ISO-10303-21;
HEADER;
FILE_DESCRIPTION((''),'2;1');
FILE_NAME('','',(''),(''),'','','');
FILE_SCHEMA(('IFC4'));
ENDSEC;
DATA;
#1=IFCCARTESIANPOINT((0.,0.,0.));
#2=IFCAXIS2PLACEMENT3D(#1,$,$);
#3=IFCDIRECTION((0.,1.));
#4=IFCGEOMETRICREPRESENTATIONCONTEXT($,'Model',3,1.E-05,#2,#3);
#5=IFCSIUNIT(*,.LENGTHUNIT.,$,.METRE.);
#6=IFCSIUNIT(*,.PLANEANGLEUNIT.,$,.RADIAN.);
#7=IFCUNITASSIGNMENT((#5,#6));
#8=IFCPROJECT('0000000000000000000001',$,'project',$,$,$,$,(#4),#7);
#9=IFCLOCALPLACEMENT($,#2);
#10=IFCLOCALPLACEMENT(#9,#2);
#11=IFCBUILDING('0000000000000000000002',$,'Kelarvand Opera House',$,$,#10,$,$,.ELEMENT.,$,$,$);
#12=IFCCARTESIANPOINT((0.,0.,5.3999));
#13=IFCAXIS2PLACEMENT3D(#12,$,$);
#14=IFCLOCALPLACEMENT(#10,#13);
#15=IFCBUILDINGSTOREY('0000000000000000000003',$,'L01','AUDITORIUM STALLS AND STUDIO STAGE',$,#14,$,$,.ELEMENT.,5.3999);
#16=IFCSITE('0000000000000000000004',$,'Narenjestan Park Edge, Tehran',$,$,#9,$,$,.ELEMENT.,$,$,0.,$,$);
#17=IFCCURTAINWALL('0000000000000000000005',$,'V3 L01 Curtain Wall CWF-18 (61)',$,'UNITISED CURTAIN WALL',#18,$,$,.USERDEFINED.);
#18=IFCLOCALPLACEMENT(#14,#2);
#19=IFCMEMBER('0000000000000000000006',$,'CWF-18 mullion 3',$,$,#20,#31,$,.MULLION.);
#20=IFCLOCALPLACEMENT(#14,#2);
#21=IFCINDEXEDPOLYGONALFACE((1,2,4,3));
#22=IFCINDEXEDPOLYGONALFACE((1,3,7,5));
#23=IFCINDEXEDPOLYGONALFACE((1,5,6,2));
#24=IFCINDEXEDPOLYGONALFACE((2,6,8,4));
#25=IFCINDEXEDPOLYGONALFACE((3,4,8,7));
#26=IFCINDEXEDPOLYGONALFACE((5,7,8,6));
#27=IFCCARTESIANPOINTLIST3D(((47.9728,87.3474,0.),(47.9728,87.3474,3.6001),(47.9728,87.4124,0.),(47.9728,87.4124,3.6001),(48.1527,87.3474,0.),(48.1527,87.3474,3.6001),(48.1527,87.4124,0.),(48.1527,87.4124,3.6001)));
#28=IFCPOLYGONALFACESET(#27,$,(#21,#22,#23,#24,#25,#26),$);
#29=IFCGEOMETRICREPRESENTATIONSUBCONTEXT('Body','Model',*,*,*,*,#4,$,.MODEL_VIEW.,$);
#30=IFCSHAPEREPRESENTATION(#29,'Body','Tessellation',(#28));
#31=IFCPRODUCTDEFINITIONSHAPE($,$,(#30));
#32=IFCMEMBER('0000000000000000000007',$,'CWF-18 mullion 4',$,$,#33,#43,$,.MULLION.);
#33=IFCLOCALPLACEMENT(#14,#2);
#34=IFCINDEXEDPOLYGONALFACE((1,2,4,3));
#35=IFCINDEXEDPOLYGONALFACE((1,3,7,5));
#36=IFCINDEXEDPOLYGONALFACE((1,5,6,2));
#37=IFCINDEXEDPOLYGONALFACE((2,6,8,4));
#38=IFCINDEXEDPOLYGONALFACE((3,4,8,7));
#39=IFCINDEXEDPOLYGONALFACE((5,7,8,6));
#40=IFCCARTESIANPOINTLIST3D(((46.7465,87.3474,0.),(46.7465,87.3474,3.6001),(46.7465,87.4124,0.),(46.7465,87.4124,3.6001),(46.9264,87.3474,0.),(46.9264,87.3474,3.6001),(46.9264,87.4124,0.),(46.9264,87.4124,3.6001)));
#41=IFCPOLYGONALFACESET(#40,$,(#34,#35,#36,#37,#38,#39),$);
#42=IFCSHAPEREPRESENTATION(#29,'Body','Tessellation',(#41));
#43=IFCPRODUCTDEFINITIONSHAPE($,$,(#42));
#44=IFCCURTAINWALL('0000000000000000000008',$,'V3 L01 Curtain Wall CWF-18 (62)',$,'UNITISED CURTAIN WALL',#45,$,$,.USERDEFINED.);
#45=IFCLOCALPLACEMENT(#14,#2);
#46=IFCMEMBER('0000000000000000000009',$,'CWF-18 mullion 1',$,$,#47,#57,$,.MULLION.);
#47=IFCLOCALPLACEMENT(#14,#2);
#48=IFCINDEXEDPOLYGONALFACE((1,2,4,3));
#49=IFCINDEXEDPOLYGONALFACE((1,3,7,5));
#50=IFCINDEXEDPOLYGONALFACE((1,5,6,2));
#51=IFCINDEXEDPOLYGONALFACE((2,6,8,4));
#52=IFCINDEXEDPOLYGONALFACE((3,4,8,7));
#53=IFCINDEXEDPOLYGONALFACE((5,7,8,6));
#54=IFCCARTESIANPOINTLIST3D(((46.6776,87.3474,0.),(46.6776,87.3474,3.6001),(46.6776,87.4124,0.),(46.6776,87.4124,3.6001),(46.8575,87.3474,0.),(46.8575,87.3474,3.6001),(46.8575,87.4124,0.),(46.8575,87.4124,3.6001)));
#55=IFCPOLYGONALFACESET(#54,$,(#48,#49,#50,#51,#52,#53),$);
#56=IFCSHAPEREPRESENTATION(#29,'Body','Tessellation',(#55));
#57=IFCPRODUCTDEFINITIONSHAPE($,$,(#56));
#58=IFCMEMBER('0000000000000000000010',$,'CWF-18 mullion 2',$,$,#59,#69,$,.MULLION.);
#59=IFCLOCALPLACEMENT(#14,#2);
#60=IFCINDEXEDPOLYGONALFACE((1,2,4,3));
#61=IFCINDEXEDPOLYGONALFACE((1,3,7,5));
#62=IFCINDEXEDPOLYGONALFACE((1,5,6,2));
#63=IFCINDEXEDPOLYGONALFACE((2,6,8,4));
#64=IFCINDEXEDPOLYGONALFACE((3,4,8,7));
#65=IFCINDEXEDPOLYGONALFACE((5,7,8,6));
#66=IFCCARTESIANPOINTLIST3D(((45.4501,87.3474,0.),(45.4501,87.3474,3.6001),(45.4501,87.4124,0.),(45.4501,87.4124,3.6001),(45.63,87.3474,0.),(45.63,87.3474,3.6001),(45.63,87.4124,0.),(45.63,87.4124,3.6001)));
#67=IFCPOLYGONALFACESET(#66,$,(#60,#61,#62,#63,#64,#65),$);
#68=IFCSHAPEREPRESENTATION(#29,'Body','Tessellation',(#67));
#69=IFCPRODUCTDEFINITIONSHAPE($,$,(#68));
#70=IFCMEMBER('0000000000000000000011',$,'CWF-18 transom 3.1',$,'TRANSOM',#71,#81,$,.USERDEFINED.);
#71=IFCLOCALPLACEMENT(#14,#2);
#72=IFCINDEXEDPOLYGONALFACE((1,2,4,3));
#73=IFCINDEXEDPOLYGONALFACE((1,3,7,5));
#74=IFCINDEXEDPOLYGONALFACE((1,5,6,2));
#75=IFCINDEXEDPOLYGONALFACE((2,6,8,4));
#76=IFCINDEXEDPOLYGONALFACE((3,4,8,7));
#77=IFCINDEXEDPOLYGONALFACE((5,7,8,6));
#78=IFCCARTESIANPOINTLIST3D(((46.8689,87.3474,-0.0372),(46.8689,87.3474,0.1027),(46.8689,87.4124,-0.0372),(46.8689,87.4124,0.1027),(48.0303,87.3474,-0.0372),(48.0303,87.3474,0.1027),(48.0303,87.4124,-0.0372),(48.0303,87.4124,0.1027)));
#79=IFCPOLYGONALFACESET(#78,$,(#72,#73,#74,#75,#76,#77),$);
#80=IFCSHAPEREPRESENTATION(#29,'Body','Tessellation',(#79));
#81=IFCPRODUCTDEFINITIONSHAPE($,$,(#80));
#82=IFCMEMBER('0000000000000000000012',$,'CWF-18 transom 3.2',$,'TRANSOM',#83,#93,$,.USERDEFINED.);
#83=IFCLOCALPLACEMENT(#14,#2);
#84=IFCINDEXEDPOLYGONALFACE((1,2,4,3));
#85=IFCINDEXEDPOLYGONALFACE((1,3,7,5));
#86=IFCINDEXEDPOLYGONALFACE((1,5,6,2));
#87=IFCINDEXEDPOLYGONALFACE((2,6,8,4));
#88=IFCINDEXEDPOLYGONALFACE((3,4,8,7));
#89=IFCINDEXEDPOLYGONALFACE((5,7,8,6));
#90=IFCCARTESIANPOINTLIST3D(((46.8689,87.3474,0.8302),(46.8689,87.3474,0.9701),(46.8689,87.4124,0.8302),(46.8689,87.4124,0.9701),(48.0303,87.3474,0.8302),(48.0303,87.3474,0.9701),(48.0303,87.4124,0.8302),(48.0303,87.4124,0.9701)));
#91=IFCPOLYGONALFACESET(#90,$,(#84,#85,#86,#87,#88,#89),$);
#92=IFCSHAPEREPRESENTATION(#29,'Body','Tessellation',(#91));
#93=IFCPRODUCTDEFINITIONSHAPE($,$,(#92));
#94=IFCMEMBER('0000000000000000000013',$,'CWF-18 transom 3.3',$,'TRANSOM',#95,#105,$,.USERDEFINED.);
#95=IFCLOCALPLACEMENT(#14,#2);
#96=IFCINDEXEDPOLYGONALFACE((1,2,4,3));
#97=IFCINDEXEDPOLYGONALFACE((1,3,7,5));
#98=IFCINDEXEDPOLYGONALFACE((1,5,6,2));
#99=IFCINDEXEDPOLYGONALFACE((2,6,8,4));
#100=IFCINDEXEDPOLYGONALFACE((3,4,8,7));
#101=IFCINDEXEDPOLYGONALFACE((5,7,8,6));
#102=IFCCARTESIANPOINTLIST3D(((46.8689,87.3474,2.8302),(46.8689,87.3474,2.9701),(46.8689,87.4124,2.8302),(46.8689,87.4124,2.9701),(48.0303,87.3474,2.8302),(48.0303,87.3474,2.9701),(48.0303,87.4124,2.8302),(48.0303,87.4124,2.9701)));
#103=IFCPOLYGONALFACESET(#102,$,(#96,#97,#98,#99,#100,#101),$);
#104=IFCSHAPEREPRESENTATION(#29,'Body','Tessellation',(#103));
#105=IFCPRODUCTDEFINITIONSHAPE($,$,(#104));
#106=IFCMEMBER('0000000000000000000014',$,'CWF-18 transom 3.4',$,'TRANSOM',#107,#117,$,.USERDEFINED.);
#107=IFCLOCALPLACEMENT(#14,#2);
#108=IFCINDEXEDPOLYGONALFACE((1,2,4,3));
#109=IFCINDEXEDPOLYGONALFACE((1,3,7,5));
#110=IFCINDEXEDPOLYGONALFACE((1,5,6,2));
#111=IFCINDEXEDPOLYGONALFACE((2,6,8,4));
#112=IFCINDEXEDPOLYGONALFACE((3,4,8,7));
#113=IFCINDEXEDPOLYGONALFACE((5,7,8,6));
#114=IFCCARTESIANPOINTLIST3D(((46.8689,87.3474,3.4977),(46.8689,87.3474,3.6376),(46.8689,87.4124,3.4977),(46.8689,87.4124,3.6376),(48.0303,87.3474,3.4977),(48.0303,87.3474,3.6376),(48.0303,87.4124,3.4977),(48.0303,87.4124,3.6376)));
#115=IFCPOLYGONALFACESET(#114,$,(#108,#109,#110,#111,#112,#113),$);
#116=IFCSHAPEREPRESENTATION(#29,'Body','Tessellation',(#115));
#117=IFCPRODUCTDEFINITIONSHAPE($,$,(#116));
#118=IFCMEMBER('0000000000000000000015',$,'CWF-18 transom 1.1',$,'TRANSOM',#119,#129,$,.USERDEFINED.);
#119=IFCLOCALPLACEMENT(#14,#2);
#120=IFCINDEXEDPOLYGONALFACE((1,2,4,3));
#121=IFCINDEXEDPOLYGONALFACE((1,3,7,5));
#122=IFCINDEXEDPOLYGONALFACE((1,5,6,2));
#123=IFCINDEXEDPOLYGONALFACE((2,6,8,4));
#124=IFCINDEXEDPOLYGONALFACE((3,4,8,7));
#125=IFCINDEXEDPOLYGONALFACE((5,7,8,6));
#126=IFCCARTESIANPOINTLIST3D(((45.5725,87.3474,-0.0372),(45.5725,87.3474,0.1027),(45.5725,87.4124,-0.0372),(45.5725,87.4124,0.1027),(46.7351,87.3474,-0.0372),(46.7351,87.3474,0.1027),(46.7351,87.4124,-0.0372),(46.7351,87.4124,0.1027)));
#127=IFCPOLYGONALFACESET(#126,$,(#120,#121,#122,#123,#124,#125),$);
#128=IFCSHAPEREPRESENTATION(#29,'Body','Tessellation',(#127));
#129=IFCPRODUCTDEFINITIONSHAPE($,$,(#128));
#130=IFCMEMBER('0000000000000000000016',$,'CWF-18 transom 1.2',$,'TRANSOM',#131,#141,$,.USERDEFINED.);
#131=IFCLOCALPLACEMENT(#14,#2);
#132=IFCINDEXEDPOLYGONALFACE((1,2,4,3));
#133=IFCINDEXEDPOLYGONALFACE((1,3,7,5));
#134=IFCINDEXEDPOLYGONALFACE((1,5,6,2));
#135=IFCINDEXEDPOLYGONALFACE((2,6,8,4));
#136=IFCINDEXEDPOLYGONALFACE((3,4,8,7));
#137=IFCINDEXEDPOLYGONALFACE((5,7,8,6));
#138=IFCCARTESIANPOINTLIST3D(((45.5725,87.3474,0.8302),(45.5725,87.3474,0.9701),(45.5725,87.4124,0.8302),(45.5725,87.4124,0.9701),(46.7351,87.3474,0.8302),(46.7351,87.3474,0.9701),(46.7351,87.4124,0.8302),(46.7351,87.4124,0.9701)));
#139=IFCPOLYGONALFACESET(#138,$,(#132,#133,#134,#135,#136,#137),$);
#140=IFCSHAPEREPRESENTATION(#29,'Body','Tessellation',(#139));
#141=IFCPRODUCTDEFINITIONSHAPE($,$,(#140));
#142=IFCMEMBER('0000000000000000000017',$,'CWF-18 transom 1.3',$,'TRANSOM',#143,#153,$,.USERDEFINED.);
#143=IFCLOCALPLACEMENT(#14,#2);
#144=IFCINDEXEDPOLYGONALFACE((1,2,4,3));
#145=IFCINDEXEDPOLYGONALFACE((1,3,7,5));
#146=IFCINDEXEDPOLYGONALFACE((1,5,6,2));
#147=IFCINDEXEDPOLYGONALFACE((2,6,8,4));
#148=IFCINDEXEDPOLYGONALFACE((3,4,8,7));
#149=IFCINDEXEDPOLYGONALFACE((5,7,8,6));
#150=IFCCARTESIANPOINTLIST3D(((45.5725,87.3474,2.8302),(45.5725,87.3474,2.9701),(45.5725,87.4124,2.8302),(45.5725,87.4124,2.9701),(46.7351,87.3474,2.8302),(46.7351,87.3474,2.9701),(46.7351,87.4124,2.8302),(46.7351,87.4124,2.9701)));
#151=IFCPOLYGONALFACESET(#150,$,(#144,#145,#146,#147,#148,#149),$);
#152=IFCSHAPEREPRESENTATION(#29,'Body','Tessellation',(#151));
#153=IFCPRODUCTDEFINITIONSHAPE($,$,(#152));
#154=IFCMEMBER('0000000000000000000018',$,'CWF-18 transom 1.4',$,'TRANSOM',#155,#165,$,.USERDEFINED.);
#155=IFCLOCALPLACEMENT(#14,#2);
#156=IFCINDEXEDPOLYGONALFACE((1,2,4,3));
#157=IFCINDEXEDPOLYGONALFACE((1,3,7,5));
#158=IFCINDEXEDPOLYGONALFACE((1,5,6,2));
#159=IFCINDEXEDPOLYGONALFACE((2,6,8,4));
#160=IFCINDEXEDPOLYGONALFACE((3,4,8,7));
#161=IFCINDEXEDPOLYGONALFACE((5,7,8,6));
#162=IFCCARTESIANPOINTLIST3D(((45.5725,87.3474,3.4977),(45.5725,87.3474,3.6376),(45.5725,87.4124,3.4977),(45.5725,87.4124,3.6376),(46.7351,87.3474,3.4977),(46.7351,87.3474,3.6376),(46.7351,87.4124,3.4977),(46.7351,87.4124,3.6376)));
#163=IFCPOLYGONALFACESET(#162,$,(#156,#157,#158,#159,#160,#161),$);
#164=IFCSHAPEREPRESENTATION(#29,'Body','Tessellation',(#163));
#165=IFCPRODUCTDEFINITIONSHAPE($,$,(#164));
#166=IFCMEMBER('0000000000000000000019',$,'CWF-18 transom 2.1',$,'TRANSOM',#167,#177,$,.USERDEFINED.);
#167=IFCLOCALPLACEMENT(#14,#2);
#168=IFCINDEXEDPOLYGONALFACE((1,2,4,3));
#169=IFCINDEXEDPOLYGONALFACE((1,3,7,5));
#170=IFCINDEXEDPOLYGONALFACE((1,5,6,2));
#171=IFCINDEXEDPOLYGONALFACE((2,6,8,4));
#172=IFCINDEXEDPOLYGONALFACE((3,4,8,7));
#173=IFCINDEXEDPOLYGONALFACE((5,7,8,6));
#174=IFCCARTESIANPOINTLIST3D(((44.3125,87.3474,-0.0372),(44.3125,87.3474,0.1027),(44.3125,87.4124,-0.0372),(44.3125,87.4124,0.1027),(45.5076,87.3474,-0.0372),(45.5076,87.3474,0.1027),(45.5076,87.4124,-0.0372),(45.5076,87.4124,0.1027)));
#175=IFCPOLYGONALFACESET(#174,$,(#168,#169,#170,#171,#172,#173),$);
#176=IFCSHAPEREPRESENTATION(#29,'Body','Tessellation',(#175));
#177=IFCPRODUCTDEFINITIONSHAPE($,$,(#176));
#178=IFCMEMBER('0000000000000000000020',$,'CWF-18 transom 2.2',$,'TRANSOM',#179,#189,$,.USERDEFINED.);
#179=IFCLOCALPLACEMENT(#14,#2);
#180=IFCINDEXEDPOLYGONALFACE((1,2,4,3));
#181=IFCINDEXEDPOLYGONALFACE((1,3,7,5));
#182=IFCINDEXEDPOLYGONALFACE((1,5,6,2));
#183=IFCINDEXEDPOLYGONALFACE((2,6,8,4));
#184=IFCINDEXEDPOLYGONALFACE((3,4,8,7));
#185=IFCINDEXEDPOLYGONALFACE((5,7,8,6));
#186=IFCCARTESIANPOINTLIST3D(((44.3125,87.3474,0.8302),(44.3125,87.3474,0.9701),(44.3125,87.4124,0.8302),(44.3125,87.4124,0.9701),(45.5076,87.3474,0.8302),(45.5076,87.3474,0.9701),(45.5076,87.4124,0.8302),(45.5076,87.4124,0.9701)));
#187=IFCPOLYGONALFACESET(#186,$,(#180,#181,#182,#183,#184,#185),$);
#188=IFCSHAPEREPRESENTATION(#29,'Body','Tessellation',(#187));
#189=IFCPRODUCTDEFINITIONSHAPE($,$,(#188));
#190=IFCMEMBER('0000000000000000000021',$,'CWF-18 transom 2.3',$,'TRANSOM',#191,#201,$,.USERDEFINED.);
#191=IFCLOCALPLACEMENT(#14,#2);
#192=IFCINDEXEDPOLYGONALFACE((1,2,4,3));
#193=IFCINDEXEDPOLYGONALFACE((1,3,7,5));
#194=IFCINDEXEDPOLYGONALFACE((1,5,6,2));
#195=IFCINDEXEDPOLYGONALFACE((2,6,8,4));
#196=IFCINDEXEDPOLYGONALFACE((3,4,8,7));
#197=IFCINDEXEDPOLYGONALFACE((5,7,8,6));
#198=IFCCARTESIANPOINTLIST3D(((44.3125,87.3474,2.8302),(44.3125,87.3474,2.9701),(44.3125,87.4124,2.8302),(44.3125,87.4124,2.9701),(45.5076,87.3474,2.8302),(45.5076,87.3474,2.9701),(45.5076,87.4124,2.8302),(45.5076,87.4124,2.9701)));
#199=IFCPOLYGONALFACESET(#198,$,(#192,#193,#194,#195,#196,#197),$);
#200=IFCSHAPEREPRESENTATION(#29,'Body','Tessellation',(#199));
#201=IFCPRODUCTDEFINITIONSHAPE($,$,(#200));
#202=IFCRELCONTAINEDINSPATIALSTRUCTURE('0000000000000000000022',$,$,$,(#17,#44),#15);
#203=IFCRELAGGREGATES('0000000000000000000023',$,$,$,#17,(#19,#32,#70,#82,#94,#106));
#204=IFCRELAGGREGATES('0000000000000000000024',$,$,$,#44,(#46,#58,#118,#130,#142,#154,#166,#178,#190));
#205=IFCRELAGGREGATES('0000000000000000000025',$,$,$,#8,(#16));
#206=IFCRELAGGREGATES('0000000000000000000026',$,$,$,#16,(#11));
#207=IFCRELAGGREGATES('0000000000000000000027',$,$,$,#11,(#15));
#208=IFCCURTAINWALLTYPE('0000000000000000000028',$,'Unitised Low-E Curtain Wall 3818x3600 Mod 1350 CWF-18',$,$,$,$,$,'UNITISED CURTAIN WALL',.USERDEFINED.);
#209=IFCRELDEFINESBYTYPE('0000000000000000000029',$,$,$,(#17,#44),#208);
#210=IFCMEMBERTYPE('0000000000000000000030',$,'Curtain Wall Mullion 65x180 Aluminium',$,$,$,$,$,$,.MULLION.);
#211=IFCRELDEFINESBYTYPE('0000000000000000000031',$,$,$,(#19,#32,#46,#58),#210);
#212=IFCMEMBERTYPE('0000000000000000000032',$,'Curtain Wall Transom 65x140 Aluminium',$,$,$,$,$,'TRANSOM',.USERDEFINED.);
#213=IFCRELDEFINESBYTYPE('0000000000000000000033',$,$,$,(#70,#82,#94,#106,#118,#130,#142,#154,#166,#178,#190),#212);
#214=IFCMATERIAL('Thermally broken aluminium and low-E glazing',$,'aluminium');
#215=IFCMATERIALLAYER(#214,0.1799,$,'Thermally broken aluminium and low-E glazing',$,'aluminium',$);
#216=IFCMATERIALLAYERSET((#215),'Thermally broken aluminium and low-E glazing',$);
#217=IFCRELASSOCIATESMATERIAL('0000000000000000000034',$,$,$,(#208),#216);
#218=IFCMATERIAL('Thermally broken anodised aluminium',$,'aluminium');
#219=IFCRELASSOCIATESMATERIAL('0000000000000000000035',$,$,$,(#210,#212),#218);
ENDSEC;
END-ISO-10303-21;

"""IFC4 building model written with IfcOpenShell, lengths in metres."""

from ifc_helpers import new_model, si_unit, direction, frame, origin, origin_2d, place, context, subcontext, project, spatial, rectangle, extrude, material, layer, layer_set, material_profile, profile_set, type_object, element, aggregate, save


model = new_model("IFC4")

# Units and contexts
model_context = context("Model", 3, precision=1e-05, world=origin(), true_north=direction((0.0, 1.0)))
body_context = subcontext(model_context, "Body", "Model", "MODEL_VIEW")
ifc_project = project(units=[si_unit("LENGTHUNIT", "METRE"), si_unit("PLANEANGLEUNIT", "RADIAN")], contexts=[model_context])

# Site, building, storey
site_placement = place(None, origin())
site = spatial("IfcSite", under=ifc_project, at=site_placement, Name="Narenjestan Park Edge, Tehran", CompositionType="ELEMENT", RefElevation=0.0)
building_placement = place(site_placement, origin())
building = spatial("IfcBuilding", under=site, at=building_placement, Name="Kelarvand Opera House", CompositionType="ELEMENT")
storey_placement = place(building_placement, frame((0.0, 0.0, 5.3999)))
storey = spatial("IfcBuildingStorey", under=building, at=storey_placement, Name="L01", Description="AUDITORIUM STALLS AND STUDIO STAGE", CompositionType="ELEMENT", Elevation=5.3999)

# Curtain walls, members
ifc_material_1 = material(Name="Thermally broken aluminium and low-E glazing", Category="aluminium")
ifc_layer_1 = layer(ifc_material_1, 0.1799, Name="Thermally broken aluminium and low-E glazing", Category="aluminium")
ifc_layer_set_1 = layer_set([ifc_layer_1], Name="Thermally broken aluminium and low-E glazing")
curtain_wall_type = type_object("IfcCurtainWallType", Name="Unitised Low-E Curtain Wall 3818x3600 Mod 1350 CWF-18", ElementType="UNITISED CURTAIN WALL", PredefinedType="USERDEFINED", material=ifc_layer_set_1)
curtain_wall_1_placement = place(storey_placement, origin())
curtain_wall_1 = element("IfcCurtainWall", 1, at=curtain_wall_1_placement, inside=storey, type_object=curtain_wall_type, Name="V3 L01 Curtain Wall CWF-18 (61)", ObjectType="UNITISED CURTAIN WALL", PredefinedType="USERDEFINED")
ifc_material_2 = material(Name="Thermally broken anodised aluminium", Category="aluminium")
ifc_material_profile_1 = material_profile(ifc_material_2, rectangle(XDim=0.0649, YDim=0.1799, at=origin_2d()), Name="ALU MULLION 65x180", Category="aluminium")
ifc_profile_set_1 = profile_set([ifc_material_profile_1], Name="Thermally broken anodised aluminium")
member_type_1 = type_object("IfcMemberType", Name="Curtain Wall Mullion 65x180 Aluminium", PredefinedType="MULLION", material=ifc_profile_set_1)
member_1_placement = place(storey_placement, frame((48.0627, 87.3799, 0.0), z_axis=(0.0, 0.0, 1.0), x_axis=(0.0, -1.0, 0.0)))
member_1 = element("IfcMember", 2, at=member_1_placement, type_object=member_type_1, Name="CWF-18 mullion 3", PredefinedType="MULLION", context=body_context, shape_type="SweptSolid", body=[
    extrude(rectangle(XDim=0.0649, YDim=0.1799, at=origin_2d()), origin(), (0.0, 0.0, 1.0), 3.6001),
])
member_2_placement = place(storey_placement, frame((46.8364, 87.3799, 0.0), z_axis=(0.0, 0.0, 1.0), x_axis=(0.0, -1.0, 0.0)))
member_2 = element("IfcMember", 3, at=member_2_placement, type_object=member_type_1, Name="CWF-18 mullion 4", PredefinedType="MULLION", context=body_context, shape_type="SweptSolid", body=[
    extrude(rectangle(XDim=0.0649, YDim=0.1799, at=origin_2d()), origin(), (0.0, 0.0, 1.0), 3.6001),
])
curtain_wall_2_placement = place(storey_placement, origin())
curtain_wall_2 = element("IfcCurtainWall", 4, at=curtain_wall_2_placement, inside=storey, type_object=curtain_wall_type, Name="V3 L01 Curtain Wall CWF-18 (62)", ObjectType="UNITISED CURTAIN WALL", PredefinedType="USERDEFINED")
member_3_placement = place(storey_placement, frame((46.7676, 87.3799, 0.0), z_axis=(0.0, 0.0, 1.0), x_axis=(0.0, -1.0, 0.0)))
member_3 = element("IfcMember", 5, at=member_3_placement, type_object=member_type_1, Name="CWF-18 mullion 1", PredefinedType="MULLION", context=body_context, shape_type="SweptSolid", body=[
    extrude(rectangle(XDim=0.0649, YDim=0.1799, at=origin_2d()), origin(), (0.0, 0.0, 1.0), 3.6001),
])
member_4_placement = place(storey_placement, frame((45.54, 87.3799, 0.0), z_axis=(0.0, 0.0, 1.0), x_axis=(0.0, -1.0, 0.0)))
member_4 = element("IfcMember", 6, at=member_4_placement, type_object=member_type_1, Name="CWF-18 mullion 2", PredefinedType="MULLION", context=body_context, shape_type="SweptSolid", body=[
    extrude(rectangle(XDim=0.0649, YDim=0.1799, at=origin_2d()), origin(), (0.0, 0.0, 1.0), 3.6001),
])

# Members
ifc_material_profile_2 = material_profile(ifc_material_2, rectangle(XDim=0.0649, YDim=0.1399, at=origin_2d()), Name="ALU TRANSOM 65x140", Category="aluminium")
ifc_profile_set_2 = profile_set([ifc_material_profile_2], Name="Thermally broken anodised aluminium")
member_type_2 = type_object("IfcMemberType", Name="Curtain Wall Transom 65x140 Aluminium", ElementType="TRANSOM", PredefinedType="USERDEFINED", material=ifc_profile_set_2)
member_5_placement = place(storey_placement, frame((48.0303, 87.3799, 0.0327), z_axis=(-1.0, 0.0, 0.0), x_axis=(0.0, -1.0, 0.0)))
member_5 = element("IfcMember", 7, at=member_5_placement, type_object=member_type_2, Name="CWF-18 transom 3.1", ObjectType="TRANSOM", PredefinedType="USERDEFINED", context=body_context, shape_type="SweptSolid", body=[
    extrude(rectangle(XDim=0.0649, YDim=0.1399, at=origin_2d()), origin(), (0.0, 0.0, 1.0), 1.1614),
])
member_6_placement = place(storey_placement, frame((48.0303, 87.3799, 0.9001), z_axis=(-1.0, 0.0, 0.0), x_axis=(0.0, -1.0, 0.0)))
member_6 = element("IfcMember", 8, at=member_6_placement, type_object=member_type_2, Name="CWF-18 transom 3.2", ObjectType="TRANSOM", PredefinedType="USERDEFINED", context=body_context, shape_type="SweptSolid", body=[
    extrude(rectangle(XDim=0.0649, YDim=0.1399, at=origin_2d()), origin(), (0.0, 0.0, 1.0), 1.1614),
])
member_7_placement = place(storey_placement, frame((48.0303, 87.3799, 2.9001), z_axis=(-1.0, 0.0, 0.0), x_axis=(0.0, -1.0, 0.0)))
member_7 = element("IfcMember", 9, at=member_7_placement, type_object=member_type_2, Name="CWF-18 transom 3.3", ObjectType="TRANSOM", PredefinedType="USERDEFINED", context=body_context, shape_type="SweptSolid", body=[
    extrude(rectangle(XDim=0.0649, YDim=0.1399, at=origin_2d()), origin(), (0.0, 0.0, 1.0), 1.1614),
])
member_8_placement = place(storey_placement, frame((48.0303, 87.3799, 3.5676), z_axis=(-1.0, 0.0, 0.0), x_axis=(0.0, -1.0, 0.0)))
member_8 = element("IfcMember", 10, at=member_8_placement, type_object=member_type_2, Name="CWF-18 transom 3.4", ObjectType="TRANSOM", PredefinedType="USERDEFINED", context=body_context, shape_type="SweptSolid", body=[
    extrude(rectangle(XDim=0.0649, YDim=0.1399, at=origin_2d()), origin(), (0.0, 0.0, 1.0), 1.1614),
])
member_9_placement = place(storey_placement, frame((46.7351, 87.3799, 0.0327), z_axis=(-1.0, 0.0, 0.0), x_axis=(0.0, -1.0, 0.0)))
member_9 = element("IfcMember", 11, at=member_9_placement, type_object=member_type_2, Name="CWF-18 transom 1.1", ObjectType="TRANSOM", PredefinedType="USERDEFINED", context=body_context, shape_type="SweptSolid", body=[
    extrude(rectangle(XDim=0.0649, YDim=0.1399, at=origin_2d()), origin(), (0.0, 0.0, 1.0), 1.1626),
])
member_10_placement = place(storey_placement, frame((46.7351, 87.3799, 0.9001), z_axis=(-1.0, 0.0, 0.0), x_axis=(0.0, -1.0, 0.0)))
member_10 = element("IfcMember", 12, at=member_10_placement, type_object=member_type_2, Name="CWF-18 transom 1.2", ObjectType="TRANSOM", PredefinedType="USERDEFINED", context=body_context, shape_type="SweptSolid", body=[
    extrude(rectangle(XDim=0.0649, YDim=0.1399, at=origin_2d()), origin(), (0.0, 0.0, 1.0), 1.1626),
])
member_11_placement = place(storey_placement, frame((46.7351, 87.3799, 2.9001), z_axis=(-1.0, 0.0, 0.0), x_axis=(0.0, -1.0, 0.0)))
member_11 = element("IfcMember", 13, at=member_11_placement, type_object=member_type_2, Name="CWF-18 transom 1.3", ObjectType="TRANSOM", PredefinedType="USERDEFINED", context=body_context, shape_type="SweptSolid", body=[
    extrude(rectangle(XDim=0.0649, YDim=0.1399, at=origin_2d()), origin(), (0.0, 0.0, 1.0), 1.1626),
])
member_12_placement = place(storey_placement, frame((46.7351, 87.3799, 3.5676), z_axis=(-1.0, 0.0, 0.0), x_axis=(0.0, -1.0, 0.0)))
member_12 = element("IfcMember", 14, at=member_12_placement, type_object=member_type_2, Name="CWF-18 transom 1.4", ObjectType="TRANSOM", PredefinedType="USERDEFINED", context=body_context, shape_type="SweptSolid", body=[
    extrude(rectangle(XDim=0.0649, YDim=0.1399, at=origin_2d()), origin(), (0.0, 0.0, 1.0), 1.1626),
])
member_13_placement = place(storey_placement, frame((45.5076, 87.3799, 0.0327), z_axis=(-1.0, 0.0, 0.0), x_axis=(0.0, -1.0, 0.0)))
member_13 = element("IfcMember", 15, at=member_13_placement, type_object=member_type_2, Name="CWF-18 transom 2.1", ObjectType="TRANSOM", PredefinedType="USERDEFINED", context=body_context, shape_type="SweptSolid", body=[
    extrude(rectangle(XDim=0.0649, YDim=0.1399, at=origin_2d()), origin(), (0.0, 0.0, 1.0), 1.1951),
])
member_14_placement = place(storey_placement, frame((45.5076, 87.3799, 0.9001), z_axis=(-1.0, 0.0, 0.0), x_axis=(0.0, -1.0, 0.0)))
member_14 = element("IfcMember", 16, at=member_14_placement, type_object=member_type_2, Name="CWF-18 transom 2.2", ObjectType="TRANSOM", PredefinedType="USERDEFINED", context=body_context, shape_type="SweptSolid", body=[
    extrude(rectangle(XDim=0.0649, YDim=0.1399, at=origin_2d()), origin(), (0.0, 0.0, 1.0), 1.1951),
])
member_15_placement = place(storey_placement, frame((45.5076, 87.3799, 2.9001), z_axis=(-1.0, 0.0, 0.0), x_axis=(0.0, -1.0, 0.0)))
member_15 = element("IfcMember", 17, at=member_15_placement, type_object=member_type_2, Name="CWF-18 transom 2.3", ObjectType="TRANSOM", PredefinedType="USERDEFINED", context=body_context, shape_type="SweptSolid", body=[
    extrude(rectangle(XDim=0.0649, YDim=0.1399, at=origin_2d()), origin(), (0.0, 0.0, 1.0), 1.1951),
])

aggregate(curtain_wall_1, [member_1, member_2, member_5, member_6, member_7, member_8])
aggregate(curtain_wall_2, [member_3, member_4, member_9, member_10, member_11, member_12, member_13, member_14, member_15])

save(model, "model.ifc")
